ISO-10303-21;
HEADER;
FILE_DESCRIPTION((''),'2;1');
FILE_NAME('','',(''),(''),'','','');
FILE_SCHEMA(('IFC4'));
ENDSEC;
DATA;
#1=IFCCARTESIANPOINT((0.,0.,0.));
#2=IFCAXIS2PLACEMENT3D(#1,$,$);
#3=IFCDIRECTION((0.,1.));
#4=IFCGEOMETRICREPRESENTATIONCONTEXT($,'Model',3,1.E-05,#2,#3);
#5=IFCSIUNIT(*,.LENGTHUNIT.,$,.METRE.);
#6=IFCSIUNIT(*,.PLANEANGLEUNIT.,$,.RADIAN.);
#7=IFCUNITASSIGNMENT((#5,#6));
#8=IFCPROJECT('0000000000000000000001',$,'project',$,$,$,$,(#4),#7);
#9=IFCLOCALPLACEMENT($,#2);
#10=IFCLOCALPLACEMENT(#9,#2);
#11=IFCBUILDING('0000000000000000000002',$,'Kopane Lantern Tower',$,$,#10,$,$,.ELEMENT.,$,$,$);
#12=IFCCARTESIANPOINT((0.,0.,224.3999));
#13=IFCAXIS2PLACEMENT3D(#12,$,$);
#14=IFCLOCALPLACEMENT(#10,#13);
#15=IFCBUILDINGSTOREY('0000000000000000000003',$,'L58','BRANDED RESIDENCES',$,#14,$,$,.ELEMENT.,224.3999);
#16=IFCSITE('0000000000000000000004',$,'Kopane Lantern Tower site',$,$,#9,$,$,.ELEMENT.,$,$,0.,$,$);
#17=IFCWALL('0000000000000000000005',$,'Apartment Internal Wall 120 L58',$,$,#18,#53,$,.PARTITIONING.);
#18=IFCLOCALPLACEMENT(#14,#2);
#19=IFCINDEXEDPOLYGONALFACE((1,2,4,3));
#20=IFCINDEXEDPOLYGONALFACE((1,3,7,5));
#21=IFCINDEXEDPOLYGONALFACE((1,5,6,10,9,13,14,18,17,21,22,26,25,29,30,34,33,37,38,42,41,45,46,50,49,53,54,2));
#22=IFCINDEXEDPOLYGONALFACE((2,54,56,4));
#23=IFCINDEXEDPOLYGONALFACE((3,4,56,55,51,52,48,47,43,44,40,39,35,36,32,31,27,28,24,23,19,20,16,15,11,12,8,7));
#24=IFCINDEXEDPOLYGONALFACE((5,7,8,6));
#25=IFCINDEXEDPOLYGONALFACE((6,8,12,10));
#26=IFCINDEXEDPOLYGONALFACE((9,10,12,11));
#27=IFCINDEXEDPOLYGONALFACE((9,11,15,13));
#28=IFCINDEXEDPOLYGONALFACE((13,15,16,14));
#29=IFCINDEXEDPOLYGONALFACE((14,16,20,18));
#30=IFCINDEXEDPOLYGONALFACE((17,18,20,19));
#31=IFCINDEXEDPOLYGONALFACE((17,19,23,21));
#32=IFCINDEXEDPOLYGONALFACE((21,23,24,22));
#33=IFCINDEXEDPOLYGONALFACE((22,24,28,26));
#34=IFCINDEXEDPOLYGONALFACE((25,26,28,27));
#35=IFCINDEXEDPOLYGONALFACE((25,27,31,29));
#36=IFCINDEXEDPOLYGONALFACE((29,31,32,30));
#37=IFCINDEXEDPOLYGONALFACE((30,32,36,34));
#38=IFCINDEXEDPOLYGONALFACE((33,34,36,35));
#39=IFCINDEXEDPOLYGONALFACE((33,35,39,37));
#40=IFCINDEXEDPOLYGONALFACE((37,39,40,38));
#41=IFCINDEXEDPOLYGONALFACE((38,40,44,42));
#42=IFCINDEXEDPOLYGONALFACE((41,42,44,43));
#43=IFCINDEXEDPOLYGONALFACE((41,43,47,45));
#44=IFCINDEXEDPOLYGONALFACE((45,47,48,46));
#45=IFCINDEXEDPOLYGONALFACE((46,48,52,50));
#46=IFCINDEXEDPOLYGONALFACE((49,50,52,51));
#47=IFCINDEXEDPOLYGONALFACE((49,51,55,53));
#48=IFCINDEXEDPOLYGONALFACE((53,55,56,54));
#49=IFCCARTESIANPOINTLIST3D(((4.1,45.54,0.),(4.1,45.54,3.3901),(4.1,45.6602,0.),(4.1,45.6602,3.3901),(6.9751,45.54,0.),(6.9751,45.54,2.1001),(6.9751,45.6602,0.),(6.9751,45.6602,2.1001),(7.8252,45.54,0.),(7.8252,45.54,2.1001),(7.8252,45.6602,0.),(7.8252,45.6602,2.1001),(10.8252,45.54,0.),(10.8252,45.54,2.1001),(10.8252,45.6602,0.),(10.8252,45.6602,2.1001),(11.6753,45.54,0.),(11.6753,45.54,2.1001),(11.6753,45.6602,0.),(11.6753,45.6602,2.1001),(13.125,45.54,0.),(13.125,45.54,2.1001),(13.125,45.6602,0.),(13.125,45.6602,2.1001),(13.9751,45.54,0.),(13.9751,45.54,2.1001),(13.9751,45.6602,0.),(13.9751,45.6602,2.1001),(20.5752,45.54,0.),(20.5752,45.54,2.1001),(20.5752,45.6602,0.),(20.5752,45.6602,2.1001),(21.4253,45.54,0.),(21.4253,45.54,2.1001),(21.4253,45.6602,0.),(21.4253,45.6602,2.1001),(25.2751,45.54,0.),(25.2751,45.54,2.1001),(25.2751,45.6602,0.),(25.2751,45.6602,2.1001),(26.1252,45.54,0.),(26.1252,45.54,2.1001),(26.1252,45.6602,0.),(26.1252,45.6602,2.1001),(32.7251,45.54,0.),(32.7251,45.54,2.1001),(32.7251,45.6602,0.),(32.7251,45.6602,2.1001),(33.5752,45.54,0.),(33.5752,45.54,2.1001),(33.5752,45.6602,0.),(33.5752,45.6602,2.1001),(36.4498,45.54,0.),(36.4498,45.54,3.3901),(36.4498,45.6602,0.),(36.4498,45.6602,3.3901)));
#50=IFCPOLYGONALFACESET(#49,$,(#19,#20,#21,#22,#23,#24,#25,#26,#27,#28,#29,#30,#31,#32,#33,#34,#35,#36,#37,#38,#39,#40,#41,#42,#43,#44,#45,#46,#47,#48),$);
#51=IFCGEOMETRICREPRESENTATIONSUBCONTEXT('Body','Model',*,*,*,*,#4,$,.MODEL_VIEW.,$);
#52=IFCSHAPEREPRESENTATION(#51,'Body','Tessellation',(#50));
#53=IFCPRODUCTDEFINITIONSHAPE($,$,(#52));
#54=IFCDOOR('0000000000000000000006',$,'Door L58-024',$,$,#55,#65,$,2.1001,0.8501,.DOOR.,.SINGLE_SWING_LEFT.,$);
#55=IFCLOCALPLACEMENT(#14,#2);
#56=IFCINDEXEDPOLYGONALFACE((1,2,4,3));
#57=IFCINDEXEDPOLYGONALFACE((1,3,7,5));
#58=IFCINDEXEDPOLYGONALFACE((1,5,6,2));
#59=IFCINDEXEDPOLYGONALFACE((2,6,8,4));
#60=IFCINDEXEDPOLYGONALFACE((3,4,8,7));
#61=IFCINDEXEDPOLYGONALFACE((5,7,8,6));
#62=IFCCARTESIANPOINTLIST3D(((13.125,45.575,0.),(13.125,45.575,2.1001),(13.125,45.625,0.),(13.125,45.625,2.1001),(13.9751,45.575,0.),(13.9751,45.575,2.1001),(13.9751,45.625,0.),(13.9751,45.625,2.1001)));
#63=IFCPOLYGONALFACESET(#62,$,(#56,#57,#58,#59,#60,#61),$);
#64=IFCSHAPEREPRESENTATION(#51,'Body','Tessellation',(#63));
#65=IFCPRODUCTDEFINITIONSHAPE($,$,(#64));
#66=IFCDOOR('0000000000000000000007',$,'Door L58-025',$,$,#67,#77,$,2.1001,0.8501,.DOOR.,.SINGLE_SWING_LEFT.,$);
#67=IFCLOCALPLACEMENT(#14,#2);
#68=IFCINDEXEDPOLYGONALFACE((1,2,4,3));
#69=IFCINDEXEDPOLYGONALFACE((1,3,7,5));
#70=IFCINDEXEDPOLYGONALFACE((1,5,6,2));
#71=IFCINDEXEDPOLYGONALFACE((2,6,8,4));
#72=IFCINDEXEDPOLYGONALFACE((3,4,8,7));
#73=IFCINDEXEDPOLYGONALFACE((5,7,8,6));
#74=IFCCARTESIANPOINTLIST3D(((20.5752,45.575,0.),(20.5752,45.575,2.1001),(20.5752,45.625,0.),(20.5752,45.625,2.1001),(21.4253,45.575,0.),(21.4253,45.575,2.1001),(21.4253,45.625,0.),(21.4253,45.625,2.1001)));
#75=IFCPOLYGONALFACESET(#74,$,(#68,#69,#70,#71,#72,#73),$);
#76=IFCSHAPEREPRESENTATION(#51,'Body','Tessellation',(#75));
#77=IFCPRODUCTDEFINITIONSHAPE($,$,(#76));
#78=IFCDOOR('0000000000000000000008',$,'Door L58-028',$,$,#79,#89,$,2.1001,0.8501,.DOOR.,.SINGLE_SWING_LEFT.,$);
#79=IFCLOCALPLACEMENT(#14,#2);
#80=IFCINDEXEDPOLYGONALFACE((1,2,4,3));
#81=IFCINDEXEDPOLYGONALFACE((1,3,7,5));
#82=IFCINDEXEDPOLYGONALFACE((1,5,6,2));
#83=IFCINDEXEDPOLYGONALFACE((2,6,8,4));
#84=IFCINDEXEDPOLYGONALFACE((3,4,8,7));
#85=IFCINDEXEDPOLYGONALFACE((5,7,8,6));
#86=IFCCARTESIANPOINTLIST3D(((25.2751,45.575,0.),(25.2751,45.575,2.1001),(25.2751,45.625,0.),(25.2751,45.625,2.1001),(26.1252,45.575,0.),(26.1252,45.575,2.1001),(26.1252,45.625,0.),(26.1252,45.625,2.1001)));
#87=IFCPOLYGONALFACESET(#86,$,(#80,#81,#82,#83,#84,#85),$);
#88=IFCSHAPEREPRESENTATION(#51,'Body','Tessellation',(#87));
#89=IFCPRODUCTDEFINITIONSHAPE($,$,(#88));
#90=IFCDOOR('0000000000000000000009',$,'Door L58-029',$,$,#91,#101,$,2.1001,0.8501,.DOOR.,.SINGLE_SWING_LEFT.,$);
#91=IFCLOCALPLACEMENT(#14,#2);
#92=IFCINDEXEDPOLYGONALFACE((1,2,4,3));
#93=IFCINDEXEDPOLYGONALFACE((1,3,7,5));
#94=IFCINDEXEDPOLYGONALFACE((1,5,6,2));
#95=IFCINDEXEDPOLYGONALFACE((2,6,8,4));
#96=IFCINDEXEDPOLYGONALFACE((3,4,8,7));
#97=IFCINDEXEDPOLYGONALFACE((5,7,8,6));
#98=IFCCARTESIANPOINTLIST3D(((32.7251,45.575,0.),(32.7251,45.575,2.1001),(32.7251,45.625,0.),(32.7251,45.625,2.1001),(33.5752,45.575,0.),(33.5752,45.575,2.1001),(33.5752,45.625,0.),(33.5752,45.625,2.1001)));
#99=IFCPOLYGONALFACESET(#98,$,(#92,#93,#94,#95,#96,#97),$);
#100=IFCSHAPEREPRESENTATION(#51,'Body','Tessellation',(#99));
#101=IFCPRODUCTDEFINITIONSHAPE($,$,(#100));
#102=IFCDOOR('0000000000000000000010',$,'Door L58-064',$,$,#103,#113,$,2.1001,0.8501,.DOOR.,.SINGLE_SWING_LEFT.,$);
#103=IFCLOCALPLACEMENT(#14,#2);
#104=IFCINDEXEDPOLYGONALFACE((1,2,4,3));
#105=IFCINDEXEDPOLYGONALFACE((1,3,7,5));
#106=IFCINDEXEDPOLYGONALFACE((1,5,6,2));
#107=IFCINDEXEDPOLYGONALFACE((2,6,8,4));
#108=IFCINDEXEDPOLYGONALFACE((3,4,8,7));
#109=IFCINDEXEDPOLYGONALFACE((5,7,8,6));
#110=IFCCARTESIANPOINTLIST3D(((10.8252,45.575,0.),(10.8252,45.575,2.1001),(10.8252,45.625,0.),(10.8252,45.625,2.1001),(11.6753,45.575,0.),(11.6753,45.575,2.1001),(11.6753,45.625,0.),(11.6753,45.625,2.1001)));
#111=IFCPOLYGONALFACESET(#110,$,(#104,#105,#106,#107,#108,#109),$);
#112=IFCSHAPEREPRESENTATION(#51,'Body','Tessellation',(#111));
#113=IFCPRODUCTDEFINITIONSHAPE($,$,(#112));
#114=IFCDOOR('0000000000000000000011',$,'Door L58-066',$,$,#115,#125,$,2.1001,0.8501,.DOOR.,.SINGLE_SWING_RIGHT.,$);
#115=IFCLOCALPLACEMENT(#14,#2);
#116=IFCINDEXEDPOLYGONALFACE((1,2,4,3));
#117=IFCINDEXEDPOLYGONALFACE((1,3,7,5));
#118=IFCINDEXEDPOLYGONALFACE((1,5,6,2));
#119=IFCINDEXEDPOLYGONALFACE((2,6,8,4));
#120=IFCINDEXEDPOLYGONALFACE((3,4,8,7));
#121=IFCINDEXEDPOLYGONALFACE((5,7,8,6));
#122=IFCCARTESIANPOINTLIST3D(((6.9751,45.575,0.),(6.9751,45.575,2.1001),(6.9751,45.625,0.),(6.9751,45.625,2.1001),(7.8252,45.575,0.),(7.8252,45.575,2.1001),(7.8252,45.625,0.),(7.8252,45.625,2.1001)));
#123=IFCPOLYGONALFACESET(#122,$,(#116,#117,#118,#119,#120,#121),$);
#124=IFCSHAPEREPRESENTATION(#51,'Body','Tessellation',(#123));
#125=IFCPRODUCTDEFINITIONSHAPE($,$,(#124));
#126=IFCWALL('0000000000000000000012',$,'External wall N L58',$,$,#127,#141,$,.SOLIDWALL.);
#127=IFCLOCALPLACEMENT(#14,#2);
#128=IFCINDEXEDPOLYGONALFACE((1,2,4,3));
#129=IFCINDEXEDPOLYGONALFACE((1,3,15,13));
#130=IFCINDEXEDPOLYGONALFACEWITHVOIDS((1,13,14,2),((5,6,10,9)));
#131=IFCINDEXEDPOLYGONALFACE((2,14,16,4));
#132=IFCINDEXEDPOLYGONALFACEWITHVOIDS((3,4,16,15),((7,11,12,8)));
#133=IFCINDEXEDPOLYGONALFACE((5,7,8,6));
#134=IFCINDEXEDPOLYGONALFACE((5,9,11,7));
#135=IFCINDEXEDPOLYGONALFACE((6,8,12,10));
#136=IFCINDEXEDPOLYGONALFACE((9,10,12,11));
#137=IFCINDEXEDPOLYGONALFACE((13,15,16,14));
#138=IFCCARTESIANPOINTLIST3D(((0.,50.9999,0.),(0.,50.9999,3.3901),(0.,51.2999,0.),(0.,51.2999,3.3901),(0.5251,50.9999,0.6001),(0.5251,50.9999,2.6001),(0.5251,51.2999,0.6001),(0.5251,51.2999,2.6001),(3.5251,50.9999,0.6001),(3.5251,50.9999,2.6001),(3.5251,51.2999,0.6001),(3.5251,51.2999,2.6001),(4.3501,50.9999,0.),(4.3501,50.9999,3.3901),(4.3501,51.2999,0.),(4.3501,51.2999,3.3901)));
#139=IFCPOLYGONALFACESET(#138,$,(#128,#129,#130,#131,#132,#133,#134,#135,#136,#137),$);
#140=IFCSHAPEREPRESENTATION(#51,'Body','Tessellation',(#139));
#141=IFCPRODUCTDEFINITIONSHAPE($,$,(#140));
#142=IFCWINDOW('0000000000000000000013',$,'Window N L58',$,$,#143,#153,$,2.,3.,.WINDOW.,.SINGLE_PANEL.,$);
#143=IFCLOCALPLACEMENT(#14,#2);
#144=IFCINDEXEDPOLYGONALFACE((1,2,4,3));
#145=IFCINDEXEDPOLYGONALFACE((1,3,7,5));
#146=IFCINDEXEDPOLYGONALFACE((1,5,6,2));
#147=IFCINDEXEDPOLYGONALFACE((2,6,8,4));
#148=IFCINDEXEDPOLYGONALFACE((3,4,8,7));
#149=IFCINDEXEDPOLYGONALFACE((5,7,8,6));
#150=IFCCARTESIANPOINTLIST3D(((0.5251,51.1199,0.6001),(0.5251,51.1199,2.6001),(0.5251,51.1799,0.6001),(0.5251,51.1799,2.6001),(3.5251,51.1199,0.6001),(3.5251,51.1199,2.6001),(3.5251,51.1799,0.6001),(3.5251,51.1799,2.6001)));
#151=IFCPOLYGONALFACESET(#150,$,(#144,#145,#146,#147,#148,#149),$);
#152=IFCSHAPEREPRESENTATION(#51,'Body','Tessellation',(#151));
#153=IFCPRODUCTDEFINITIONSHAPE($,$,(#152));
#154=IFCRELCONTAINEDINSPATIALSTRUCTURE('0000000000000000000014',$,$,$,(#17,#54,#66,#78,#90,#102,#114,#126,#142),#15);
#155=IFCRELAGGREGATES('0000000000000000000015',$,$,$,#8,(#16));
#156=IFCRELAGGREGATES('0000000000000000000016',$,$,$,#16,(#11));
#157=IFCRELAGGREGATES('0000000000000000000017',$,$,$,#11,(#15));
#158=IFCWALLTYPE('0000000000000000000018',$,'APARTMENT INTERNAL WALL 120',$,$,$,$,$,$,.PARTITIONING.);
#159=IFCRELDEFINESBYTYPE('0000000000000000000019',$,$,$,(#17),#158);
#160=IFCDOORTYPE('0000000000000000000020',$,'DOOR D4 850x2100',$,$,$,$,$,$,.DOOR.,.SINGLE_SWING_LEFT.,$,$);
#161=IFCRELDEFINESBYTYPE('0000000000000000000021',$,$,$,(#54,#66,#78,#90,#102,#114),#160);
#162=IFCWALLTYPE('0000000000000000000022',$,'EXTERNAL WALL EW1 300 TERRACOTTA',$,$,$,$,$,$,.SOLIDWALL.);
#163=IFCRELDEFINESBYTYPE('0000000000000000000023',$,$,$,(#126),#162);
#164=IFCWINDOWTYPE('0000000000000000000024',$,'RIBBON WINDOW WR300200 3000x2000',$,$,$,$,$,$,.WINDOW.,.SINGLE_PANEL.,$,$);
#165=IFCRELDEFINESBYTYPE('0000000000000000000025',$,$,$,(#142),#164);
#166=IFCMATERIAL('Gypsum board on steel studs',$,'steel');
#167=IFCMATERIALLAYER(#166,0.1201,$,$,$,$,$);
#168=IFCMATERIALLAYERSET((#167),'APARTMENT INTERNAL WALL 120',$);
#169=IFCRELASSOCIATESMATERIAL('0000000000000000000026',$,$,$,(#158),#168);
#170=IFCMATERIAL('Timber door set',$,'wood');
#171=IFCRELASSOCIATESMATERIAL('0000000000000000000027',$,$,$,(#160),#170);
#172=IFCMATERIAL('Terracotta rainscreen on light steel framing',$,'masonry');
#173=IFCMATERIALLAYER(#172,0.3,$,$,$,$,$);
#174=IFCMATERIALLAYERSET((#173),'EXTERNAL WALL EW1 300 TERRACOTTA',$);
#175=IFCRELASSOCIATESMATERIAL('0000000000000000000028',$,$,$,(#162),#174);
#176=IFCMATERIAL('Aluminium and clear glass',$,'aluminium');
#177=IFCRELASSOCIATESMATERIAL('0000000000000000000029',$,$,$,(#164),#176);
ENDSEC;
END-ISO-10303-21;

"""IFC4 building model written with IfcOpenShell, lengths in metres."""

from ifc_helpers import new_model, si_unit, direction, frame, frame_2d, origin, place, context, subcontext, project, spatial, rectangle, extrude, material, layer, layer_set, type_object, element, fill, save


model = new_model("IFC4")

# Units and contexts
model_context = context("Model", 3, precision=1e-05, world=origin(), true_north=direction((0.0, 1.0)))
body_context = subcontext(model_context, "Body", "Model", "MODEL_VIEW")
ifc_project = project(units=[si_unit("LENGTHUNIT", "METRE"), si_unit("PLANEANGLEUNIT", "RADIAN")], contexts=[model_context])

# Site, building, storey
site_placement = place(None, origin())
site = spatial("IfcSite", under=ifc_project, at=site_placement, Name="Kopane Lantern Tower site", CompositionType="ELEMENT", RefElevation=0.0)
building_placement = place(site_placement, origin())
building = spatial("IfcBuilding", under=site, at=building_placement, Name="Kopane Lantern Tower", CompositionType="ELEMENT")
storey_placement = place(building_placement, frame((0.0, 0.0, 224.3999)))
storey = spatial("IfcBuildingStorey", under=building, at=storey_placement, Name="L58", Description="BRANDED RESIDENCES", CompositionType="ELEMENT", Elevation=224.3999)

# Wall, openings, doors
ifc_material_1 = material(Name="Gypsum board on steel studs", Category="steel")
ifc_layer_1 = layer(ifc_material_1, 0.1201)
ifc_layer_set_1 = layer_set([ifc_layer_1], Name="APARTMENT INTERNAL WALL 120")
wall_type_1 = type_object("IfcWallType", Name="APARTMENT INTERNAL WALL 120", PredefinedType="PARTITIONING", material=ifc_layer_set_1)
wall_1_placement = place(storey_placement, frame((4.1001, 45.6001, 0.0), z_axis=(0.0, 0.0, 1.0), x_axis=(1.0, 0.0, 0.0)))
wall_1 = element("IfcWall", 1, at=wall_1_placement, inside=storey, type_object=wall_type_1, Name="Apartment Internal Wall 120 L58", PredefinedType="PARTITIONING", context=body_context, shape_type="SweptSolid", body=[
    extrude(rectangle(XDim=32.3499, YDim=0.1201, at=frame_2d((16.1748, 0.0))), origin(), (0.0, 0.0, 1.0), 3.3901),
])
opening_1_placement = place(wall_1_placement, frame((9.0249, 0.0, 0.0)))
opening_1 = element("IfcOpeningElement", 2, at=opening_1_placement, cuts=wall_1, PredefinedType="OPENING", context=body_context, shape_type="SweptSolid", body=[
    extrude(rectangle(XDim=0.8501, YDim=2.1001, at=frame_2d((0.425, 1.05))), frame((0.0, 0.0701, 0.0), z_axis=(0.0, -1.0, 0.0), x_axis=(1.0, 0.0, 0.0)), (0.0, 0.0, 1.0), 0.1401),
])
opening_2_placement = place(wall_1_placement, frame((16.4751, 0.0, 0.0)))
opening_2 = element("IfcOpeningElement", 3, at=opening_2_placement, cuts=wall_1, PredefinedType="OPENING", context=body_context, shape_type="SweptSolid", body=[
    extrude(rectangle(XDim=0.8501, YDim=2.1001, at=frame_2d((0.425, 1.05))), frame((0.0, 0.0701, 0.0), z_axis=(0.0, -1.0, 0.0), x_axis=(1.0, 0.0, 0.0)), (0.0, 0.0, 1.0), 0.1401),
])
opening_3_placement = place(wall_1_placement, frame((21.175, 0.0, 0.0)))
opening_3 = element("IfcOpeningElement", 4, at=opening_3_placement, cuts=wall_1, PredefinedType="OPENING", context=body_context, shape_type="SweptSolid", body=[
    extrude(rectangle(XDim=0.8501, YDim=2.1001, at=frame_2d((0.425, 1.05))), frame((0.0, 0.0701, 0.0), z_axis=(0.0, -1.0, 0.0), x_axis=(1.0, 0.0, 0.0)), (0.0, 0.0, 1.0), 0.1401),
])
opening_4_placement = place(wall_1_placement, frame((28.625, 0.0, 0.0)))
opening_4 = element("IfcOpeningElement", 5, at=opening_4_placement, cuts=wall_1, PredefinedType="OPENING", context=body_context, shape_type="SweptSolid", body=[
    extrude(rectangle(XDim=0.8501, YDim=2.1001, at=frame_2d((0.425, 1.05))), frame((0.0, 0.0701, 0.0), z_axis=(0.0, -1.0, 0.0), x_axis=(1.0, 0.0, 0.0)), (0.0, 0.0, 1.0), 0.1401),
])
opening_5_placement = place(wall_1_placement, frame((6.7251, 0.0, 0.0)))
opening_5 = element("IfcOpeningElement", 6, at=opening_5_placement, cuts=wall_1, PredefinedType="OPENING", context=body_context, shape_type="SweptSolid", body=[
    extrude(rectangle(XDim=0.8501, YDim=2.1001, at=frame_2d((0.425, 1.05))), frame((0.0, 0.0701, 0.0), z_axis=(0.0, -1.0, 0.0), x_axis=(1.0, 0.0, 0.0)), (0.0, 0.0, 1.0), 0.1401),
])
opening_6_placement = place(wall_1_placement, frame((2.875, 0.0, 0.0)))
opening_6 = element("IfcOpeningElement", 7, at=opening_6_placement, cuts=wall_1, PredefinedType="OPENING", context=body_context, shape_type="SweptSolid", body=[
    extrude(rectangle(XDim=0.8501, YDim=2.1001, at=frame_2d((0.425, 1.05))), frame((0.0, 0.0701, 0.0), z_axis=(0.0, -1.0, 0.0), x_axis=(1.0, 0.0, 0.0)), (0.0, 0.0, 1.0), 0.1401),
])
ifc_material_2 = material(Name="Timber door set", Category="wood")
door_type = type_object("IfcDoorType", Name="DOOR D4 850x2100", OperationType="SINGLE_SWING_LEFT", PredefinedType="DOOR", material=ifc_material_2)
door_1_placement = place(opening_1_placement, origin())
door_1 = element("IfcDoor", 8, at=door_1_placement, inside=storey, type_object=door_type, Name="Door L58-024", OperationType="SINGLE_SWING_LEFT", OverallHeight=2.1001, OverallWidth=0.8501, PredefinedType="DOOR", context=body_context, shape_type="SweptSolid", body=[
    extrude(rectangle(XDim=0.8501, YDim=2.1001, at=frame_2d((0.425, 1.05))), frame((0.0, 0.0249, 0.0), z_axis=(0.0, -1.0, 0.0), x_axis=(1.0, 0.0, 0.0)), (0.0, 0.0, 1.0), 0.05),
])
fill(opening_1, door_1)
door_2_placement = place(opening_2_placement, origin())
door_2 = element("IfcDoor", 9, at=door_2_placement, inside=storey, type_object=door_type, Name="Door L58-025", OperationType="SINGLE_SWING_LEFT", OverallHeight=2.1001, OverallWidth=0.8501, PredefinedType="DOOR", context=body_context, shape_type="SweptSolid", body=[
    extrude(rectangle(XDim=0.8501, YDim=2.1001, at=frame_2d((0.425, 1.05))), frame((0.0, 0.0249, 0.0), z_axis=(0.0, -1.0, 0.0), x_axis=(1.0, 0.0, 0.0)), (0.0, 0.0, 1.0), 0.05),
])
fill(opening_2, door_2)
door_3_placement = place(opening_3_placement, origin())
door_3 = element("IfcDoor", 10, at=door_3_placement, inside=storey, type_object=door_type, Name="Door L58-028", OperationType="SINGLE_SWING_LEFT", OverallHeight=2.1001, OverallWidth=0.8501, PredefinedType="DOOR", context=body_context, shape_type="SweptSolid", body=[
    extrude(rectangle(XDim=0.8501, YDim=2.1001, at=frame_2d((0.425, 1.05))), frame((0.0, 0.0249, 0.0), z_axis=(0.0, -1.0, 0.0), x_axis=(1.0, 0.0, 0.0)), (0.0, 0.0, 1.0), 0.05),
])
fill(opening_3, door_3)
door_4_placement = place(opening_4_placement, origin())
door_4 = element("IfcDoor", 11, at=door_4_placement, inside=storey, type_object=door_type, Name="Door L58-029", OperationType="SINGLE_SWING_LEFT", OverallHeight=2.1001, OverallWidth=0.8501, PredefinedType="DOOR", context=body_context, shape_type="SweptSolid", body=[
    extrude(rectangle(XDim=0.8501, YDim=2.1001, at=frame_2d((0.425, 1.05))), frame((0.0, 0.0249, 0.0), z_axis=(0.0, -1.0, 0.0), x_axis=(1.0, 0.0, 0.0)), (0.0, 0.0, 1.0), 0.05),
])
fill(opening_4, door_4)
door_5_placement = place(opening_5_placement, origin())
door_5 = element("IfcDoor", 12, at=door_5_placement, inside=storey, type_object=door_type, Name="Door L58-064", OperationType="SINGLE_SWING_LEFT", OverallHeight=2.1001, OverallWidth=0.8501, PredefinedType="DOOR", context=body_context, shape_type="SweptSolid", body=[
    extrude(rectangle(XDim=0.8501, YDim=2.1001, at=frame_2d((0.425, 1.05))), frame((0.0, 0.0249, 0.0), z_axis=(0.0, -1.0, 0.0), x_axis=(1.0, 0.0, 0.0)), (0.0, 0.0, 1.0), 0.05),
])
fill(opening_5, door_5)
door_6_placement = place(opening_6_placement, origin())
door_6 = element("IfcDoor", 13, at=door_6_placement, inside=storey, type_object=door_type, Name="Door L58-066", OperationType="SINGLE_SWING_RIGHT", OverallHeight=2.1001, OverallWidth=0.8501, PredefinedType="DOOR", context=body_context, shape_type="SweptSolid", body=[
    extrude(rectangle(XDim=0.8501, YDim=2.1001, at=frame_2d((0.425, 1.05))), frame((0.0, 0.0249, 0.0), z_axis=(0.0, -1.0, 0.0), x_axis=(1.0, 0.0, 0.0)), (0.0, 0.0, 1.0), 0.05),
])
fill(opening_6, door_6)

# Wall, opening, window
ifc_material_3 = material(Name="Terracotta rainscreen on light steel framing", Category="masonry")
ifc_layer_2 = layer(ifc_material_3, 0.3)
ifc_layer_set_2 = layer_set([ifc_layer_2], Name="EXTERNAL WALL EW1 300 TERRACOTTA")
wall_type_2 = type_object("IfcWallType", Name="EXTERNAL WALL EW1 300 TERRACOTTA", PredefinedType="SOLIDWALL", material=ifc_layer_set_2)
wall_2_placement = place(storey_placement, frame((4.3501, 51.1499, 0.0), z_axis=(0.0, 0.0, 1.0), x_axis=(-1.0, 0.0, 0.0)))
wall_2 = element("IfcWall", 14, at=wall_2_placement, inside=storey, type_object=wall_type_2, Name="External wall N L58", PredefinedType="SOLIDWALL", context=body_context, shape_type="SweptSolid", body=[
    extrude(rectangle(XDim=4.3501, YDim=0.3, at=frame_2d((2.175, 0.0))), origin(), (0.0, 0.0, 1.0), 3.3901),
])
opening_7_placement = place(wall_2_placement, frame((0.825, 0.0, 0.6001)))
opening_7 = element("IfcOpeningElement", 15, at=opening_7_placement, cuts=wall_2, PredefinedType="OPENING", context=body_context, shape_type="SweptSolid", body=[
    extrude(rectangle(XDim=3.0, YDim=2.0, at=frame_2d((1.5, 1.0))), frame((0.0, 0.1599, 0.0), z_axis=(0.0, -1.0, 0.0), x_axis=(1.0, 0.0, 0.0)), (0.0, 0.0, 1.0), 0.3201),
])
ifc_material_4 = material(Name="Aluminium and clear glass", Category="aluminium")
window_type = type_object("IfcWindowType", Name="RIBBON WINDOW WR300200 3000x2000", PartitioningType="SINGLE_PANEL", PredefinedType="WINDOW", material=ifc_material_4)
window_1_placement = place(opening_7_placement, origin())
window_1 = element("IfcWindow", 16, at=window_1_placement, inside=storey, type_object=window_type, Name="Window N L58", OverallHeight=2.0, OverallWidth=3.0, PartitioningType="SINGLE_PANEL", PredefinedType="WINDOW", context=body_context, shape_type="SweptSolid", body=[
    extrude(rectangle(XDim=3.0, YDim=2.0, at=frame_2d((1.5, 1.0))), frame((0.0, 0.03, 0.0), z_axis=(0.0, -1.0, 0.0), x_axis=(1.0, 0.0, 0.0)), (0.0, 0.0, 1.0), 0.0601),
])
fill(opening_7, window_1)

save(model, "model.ifc")
